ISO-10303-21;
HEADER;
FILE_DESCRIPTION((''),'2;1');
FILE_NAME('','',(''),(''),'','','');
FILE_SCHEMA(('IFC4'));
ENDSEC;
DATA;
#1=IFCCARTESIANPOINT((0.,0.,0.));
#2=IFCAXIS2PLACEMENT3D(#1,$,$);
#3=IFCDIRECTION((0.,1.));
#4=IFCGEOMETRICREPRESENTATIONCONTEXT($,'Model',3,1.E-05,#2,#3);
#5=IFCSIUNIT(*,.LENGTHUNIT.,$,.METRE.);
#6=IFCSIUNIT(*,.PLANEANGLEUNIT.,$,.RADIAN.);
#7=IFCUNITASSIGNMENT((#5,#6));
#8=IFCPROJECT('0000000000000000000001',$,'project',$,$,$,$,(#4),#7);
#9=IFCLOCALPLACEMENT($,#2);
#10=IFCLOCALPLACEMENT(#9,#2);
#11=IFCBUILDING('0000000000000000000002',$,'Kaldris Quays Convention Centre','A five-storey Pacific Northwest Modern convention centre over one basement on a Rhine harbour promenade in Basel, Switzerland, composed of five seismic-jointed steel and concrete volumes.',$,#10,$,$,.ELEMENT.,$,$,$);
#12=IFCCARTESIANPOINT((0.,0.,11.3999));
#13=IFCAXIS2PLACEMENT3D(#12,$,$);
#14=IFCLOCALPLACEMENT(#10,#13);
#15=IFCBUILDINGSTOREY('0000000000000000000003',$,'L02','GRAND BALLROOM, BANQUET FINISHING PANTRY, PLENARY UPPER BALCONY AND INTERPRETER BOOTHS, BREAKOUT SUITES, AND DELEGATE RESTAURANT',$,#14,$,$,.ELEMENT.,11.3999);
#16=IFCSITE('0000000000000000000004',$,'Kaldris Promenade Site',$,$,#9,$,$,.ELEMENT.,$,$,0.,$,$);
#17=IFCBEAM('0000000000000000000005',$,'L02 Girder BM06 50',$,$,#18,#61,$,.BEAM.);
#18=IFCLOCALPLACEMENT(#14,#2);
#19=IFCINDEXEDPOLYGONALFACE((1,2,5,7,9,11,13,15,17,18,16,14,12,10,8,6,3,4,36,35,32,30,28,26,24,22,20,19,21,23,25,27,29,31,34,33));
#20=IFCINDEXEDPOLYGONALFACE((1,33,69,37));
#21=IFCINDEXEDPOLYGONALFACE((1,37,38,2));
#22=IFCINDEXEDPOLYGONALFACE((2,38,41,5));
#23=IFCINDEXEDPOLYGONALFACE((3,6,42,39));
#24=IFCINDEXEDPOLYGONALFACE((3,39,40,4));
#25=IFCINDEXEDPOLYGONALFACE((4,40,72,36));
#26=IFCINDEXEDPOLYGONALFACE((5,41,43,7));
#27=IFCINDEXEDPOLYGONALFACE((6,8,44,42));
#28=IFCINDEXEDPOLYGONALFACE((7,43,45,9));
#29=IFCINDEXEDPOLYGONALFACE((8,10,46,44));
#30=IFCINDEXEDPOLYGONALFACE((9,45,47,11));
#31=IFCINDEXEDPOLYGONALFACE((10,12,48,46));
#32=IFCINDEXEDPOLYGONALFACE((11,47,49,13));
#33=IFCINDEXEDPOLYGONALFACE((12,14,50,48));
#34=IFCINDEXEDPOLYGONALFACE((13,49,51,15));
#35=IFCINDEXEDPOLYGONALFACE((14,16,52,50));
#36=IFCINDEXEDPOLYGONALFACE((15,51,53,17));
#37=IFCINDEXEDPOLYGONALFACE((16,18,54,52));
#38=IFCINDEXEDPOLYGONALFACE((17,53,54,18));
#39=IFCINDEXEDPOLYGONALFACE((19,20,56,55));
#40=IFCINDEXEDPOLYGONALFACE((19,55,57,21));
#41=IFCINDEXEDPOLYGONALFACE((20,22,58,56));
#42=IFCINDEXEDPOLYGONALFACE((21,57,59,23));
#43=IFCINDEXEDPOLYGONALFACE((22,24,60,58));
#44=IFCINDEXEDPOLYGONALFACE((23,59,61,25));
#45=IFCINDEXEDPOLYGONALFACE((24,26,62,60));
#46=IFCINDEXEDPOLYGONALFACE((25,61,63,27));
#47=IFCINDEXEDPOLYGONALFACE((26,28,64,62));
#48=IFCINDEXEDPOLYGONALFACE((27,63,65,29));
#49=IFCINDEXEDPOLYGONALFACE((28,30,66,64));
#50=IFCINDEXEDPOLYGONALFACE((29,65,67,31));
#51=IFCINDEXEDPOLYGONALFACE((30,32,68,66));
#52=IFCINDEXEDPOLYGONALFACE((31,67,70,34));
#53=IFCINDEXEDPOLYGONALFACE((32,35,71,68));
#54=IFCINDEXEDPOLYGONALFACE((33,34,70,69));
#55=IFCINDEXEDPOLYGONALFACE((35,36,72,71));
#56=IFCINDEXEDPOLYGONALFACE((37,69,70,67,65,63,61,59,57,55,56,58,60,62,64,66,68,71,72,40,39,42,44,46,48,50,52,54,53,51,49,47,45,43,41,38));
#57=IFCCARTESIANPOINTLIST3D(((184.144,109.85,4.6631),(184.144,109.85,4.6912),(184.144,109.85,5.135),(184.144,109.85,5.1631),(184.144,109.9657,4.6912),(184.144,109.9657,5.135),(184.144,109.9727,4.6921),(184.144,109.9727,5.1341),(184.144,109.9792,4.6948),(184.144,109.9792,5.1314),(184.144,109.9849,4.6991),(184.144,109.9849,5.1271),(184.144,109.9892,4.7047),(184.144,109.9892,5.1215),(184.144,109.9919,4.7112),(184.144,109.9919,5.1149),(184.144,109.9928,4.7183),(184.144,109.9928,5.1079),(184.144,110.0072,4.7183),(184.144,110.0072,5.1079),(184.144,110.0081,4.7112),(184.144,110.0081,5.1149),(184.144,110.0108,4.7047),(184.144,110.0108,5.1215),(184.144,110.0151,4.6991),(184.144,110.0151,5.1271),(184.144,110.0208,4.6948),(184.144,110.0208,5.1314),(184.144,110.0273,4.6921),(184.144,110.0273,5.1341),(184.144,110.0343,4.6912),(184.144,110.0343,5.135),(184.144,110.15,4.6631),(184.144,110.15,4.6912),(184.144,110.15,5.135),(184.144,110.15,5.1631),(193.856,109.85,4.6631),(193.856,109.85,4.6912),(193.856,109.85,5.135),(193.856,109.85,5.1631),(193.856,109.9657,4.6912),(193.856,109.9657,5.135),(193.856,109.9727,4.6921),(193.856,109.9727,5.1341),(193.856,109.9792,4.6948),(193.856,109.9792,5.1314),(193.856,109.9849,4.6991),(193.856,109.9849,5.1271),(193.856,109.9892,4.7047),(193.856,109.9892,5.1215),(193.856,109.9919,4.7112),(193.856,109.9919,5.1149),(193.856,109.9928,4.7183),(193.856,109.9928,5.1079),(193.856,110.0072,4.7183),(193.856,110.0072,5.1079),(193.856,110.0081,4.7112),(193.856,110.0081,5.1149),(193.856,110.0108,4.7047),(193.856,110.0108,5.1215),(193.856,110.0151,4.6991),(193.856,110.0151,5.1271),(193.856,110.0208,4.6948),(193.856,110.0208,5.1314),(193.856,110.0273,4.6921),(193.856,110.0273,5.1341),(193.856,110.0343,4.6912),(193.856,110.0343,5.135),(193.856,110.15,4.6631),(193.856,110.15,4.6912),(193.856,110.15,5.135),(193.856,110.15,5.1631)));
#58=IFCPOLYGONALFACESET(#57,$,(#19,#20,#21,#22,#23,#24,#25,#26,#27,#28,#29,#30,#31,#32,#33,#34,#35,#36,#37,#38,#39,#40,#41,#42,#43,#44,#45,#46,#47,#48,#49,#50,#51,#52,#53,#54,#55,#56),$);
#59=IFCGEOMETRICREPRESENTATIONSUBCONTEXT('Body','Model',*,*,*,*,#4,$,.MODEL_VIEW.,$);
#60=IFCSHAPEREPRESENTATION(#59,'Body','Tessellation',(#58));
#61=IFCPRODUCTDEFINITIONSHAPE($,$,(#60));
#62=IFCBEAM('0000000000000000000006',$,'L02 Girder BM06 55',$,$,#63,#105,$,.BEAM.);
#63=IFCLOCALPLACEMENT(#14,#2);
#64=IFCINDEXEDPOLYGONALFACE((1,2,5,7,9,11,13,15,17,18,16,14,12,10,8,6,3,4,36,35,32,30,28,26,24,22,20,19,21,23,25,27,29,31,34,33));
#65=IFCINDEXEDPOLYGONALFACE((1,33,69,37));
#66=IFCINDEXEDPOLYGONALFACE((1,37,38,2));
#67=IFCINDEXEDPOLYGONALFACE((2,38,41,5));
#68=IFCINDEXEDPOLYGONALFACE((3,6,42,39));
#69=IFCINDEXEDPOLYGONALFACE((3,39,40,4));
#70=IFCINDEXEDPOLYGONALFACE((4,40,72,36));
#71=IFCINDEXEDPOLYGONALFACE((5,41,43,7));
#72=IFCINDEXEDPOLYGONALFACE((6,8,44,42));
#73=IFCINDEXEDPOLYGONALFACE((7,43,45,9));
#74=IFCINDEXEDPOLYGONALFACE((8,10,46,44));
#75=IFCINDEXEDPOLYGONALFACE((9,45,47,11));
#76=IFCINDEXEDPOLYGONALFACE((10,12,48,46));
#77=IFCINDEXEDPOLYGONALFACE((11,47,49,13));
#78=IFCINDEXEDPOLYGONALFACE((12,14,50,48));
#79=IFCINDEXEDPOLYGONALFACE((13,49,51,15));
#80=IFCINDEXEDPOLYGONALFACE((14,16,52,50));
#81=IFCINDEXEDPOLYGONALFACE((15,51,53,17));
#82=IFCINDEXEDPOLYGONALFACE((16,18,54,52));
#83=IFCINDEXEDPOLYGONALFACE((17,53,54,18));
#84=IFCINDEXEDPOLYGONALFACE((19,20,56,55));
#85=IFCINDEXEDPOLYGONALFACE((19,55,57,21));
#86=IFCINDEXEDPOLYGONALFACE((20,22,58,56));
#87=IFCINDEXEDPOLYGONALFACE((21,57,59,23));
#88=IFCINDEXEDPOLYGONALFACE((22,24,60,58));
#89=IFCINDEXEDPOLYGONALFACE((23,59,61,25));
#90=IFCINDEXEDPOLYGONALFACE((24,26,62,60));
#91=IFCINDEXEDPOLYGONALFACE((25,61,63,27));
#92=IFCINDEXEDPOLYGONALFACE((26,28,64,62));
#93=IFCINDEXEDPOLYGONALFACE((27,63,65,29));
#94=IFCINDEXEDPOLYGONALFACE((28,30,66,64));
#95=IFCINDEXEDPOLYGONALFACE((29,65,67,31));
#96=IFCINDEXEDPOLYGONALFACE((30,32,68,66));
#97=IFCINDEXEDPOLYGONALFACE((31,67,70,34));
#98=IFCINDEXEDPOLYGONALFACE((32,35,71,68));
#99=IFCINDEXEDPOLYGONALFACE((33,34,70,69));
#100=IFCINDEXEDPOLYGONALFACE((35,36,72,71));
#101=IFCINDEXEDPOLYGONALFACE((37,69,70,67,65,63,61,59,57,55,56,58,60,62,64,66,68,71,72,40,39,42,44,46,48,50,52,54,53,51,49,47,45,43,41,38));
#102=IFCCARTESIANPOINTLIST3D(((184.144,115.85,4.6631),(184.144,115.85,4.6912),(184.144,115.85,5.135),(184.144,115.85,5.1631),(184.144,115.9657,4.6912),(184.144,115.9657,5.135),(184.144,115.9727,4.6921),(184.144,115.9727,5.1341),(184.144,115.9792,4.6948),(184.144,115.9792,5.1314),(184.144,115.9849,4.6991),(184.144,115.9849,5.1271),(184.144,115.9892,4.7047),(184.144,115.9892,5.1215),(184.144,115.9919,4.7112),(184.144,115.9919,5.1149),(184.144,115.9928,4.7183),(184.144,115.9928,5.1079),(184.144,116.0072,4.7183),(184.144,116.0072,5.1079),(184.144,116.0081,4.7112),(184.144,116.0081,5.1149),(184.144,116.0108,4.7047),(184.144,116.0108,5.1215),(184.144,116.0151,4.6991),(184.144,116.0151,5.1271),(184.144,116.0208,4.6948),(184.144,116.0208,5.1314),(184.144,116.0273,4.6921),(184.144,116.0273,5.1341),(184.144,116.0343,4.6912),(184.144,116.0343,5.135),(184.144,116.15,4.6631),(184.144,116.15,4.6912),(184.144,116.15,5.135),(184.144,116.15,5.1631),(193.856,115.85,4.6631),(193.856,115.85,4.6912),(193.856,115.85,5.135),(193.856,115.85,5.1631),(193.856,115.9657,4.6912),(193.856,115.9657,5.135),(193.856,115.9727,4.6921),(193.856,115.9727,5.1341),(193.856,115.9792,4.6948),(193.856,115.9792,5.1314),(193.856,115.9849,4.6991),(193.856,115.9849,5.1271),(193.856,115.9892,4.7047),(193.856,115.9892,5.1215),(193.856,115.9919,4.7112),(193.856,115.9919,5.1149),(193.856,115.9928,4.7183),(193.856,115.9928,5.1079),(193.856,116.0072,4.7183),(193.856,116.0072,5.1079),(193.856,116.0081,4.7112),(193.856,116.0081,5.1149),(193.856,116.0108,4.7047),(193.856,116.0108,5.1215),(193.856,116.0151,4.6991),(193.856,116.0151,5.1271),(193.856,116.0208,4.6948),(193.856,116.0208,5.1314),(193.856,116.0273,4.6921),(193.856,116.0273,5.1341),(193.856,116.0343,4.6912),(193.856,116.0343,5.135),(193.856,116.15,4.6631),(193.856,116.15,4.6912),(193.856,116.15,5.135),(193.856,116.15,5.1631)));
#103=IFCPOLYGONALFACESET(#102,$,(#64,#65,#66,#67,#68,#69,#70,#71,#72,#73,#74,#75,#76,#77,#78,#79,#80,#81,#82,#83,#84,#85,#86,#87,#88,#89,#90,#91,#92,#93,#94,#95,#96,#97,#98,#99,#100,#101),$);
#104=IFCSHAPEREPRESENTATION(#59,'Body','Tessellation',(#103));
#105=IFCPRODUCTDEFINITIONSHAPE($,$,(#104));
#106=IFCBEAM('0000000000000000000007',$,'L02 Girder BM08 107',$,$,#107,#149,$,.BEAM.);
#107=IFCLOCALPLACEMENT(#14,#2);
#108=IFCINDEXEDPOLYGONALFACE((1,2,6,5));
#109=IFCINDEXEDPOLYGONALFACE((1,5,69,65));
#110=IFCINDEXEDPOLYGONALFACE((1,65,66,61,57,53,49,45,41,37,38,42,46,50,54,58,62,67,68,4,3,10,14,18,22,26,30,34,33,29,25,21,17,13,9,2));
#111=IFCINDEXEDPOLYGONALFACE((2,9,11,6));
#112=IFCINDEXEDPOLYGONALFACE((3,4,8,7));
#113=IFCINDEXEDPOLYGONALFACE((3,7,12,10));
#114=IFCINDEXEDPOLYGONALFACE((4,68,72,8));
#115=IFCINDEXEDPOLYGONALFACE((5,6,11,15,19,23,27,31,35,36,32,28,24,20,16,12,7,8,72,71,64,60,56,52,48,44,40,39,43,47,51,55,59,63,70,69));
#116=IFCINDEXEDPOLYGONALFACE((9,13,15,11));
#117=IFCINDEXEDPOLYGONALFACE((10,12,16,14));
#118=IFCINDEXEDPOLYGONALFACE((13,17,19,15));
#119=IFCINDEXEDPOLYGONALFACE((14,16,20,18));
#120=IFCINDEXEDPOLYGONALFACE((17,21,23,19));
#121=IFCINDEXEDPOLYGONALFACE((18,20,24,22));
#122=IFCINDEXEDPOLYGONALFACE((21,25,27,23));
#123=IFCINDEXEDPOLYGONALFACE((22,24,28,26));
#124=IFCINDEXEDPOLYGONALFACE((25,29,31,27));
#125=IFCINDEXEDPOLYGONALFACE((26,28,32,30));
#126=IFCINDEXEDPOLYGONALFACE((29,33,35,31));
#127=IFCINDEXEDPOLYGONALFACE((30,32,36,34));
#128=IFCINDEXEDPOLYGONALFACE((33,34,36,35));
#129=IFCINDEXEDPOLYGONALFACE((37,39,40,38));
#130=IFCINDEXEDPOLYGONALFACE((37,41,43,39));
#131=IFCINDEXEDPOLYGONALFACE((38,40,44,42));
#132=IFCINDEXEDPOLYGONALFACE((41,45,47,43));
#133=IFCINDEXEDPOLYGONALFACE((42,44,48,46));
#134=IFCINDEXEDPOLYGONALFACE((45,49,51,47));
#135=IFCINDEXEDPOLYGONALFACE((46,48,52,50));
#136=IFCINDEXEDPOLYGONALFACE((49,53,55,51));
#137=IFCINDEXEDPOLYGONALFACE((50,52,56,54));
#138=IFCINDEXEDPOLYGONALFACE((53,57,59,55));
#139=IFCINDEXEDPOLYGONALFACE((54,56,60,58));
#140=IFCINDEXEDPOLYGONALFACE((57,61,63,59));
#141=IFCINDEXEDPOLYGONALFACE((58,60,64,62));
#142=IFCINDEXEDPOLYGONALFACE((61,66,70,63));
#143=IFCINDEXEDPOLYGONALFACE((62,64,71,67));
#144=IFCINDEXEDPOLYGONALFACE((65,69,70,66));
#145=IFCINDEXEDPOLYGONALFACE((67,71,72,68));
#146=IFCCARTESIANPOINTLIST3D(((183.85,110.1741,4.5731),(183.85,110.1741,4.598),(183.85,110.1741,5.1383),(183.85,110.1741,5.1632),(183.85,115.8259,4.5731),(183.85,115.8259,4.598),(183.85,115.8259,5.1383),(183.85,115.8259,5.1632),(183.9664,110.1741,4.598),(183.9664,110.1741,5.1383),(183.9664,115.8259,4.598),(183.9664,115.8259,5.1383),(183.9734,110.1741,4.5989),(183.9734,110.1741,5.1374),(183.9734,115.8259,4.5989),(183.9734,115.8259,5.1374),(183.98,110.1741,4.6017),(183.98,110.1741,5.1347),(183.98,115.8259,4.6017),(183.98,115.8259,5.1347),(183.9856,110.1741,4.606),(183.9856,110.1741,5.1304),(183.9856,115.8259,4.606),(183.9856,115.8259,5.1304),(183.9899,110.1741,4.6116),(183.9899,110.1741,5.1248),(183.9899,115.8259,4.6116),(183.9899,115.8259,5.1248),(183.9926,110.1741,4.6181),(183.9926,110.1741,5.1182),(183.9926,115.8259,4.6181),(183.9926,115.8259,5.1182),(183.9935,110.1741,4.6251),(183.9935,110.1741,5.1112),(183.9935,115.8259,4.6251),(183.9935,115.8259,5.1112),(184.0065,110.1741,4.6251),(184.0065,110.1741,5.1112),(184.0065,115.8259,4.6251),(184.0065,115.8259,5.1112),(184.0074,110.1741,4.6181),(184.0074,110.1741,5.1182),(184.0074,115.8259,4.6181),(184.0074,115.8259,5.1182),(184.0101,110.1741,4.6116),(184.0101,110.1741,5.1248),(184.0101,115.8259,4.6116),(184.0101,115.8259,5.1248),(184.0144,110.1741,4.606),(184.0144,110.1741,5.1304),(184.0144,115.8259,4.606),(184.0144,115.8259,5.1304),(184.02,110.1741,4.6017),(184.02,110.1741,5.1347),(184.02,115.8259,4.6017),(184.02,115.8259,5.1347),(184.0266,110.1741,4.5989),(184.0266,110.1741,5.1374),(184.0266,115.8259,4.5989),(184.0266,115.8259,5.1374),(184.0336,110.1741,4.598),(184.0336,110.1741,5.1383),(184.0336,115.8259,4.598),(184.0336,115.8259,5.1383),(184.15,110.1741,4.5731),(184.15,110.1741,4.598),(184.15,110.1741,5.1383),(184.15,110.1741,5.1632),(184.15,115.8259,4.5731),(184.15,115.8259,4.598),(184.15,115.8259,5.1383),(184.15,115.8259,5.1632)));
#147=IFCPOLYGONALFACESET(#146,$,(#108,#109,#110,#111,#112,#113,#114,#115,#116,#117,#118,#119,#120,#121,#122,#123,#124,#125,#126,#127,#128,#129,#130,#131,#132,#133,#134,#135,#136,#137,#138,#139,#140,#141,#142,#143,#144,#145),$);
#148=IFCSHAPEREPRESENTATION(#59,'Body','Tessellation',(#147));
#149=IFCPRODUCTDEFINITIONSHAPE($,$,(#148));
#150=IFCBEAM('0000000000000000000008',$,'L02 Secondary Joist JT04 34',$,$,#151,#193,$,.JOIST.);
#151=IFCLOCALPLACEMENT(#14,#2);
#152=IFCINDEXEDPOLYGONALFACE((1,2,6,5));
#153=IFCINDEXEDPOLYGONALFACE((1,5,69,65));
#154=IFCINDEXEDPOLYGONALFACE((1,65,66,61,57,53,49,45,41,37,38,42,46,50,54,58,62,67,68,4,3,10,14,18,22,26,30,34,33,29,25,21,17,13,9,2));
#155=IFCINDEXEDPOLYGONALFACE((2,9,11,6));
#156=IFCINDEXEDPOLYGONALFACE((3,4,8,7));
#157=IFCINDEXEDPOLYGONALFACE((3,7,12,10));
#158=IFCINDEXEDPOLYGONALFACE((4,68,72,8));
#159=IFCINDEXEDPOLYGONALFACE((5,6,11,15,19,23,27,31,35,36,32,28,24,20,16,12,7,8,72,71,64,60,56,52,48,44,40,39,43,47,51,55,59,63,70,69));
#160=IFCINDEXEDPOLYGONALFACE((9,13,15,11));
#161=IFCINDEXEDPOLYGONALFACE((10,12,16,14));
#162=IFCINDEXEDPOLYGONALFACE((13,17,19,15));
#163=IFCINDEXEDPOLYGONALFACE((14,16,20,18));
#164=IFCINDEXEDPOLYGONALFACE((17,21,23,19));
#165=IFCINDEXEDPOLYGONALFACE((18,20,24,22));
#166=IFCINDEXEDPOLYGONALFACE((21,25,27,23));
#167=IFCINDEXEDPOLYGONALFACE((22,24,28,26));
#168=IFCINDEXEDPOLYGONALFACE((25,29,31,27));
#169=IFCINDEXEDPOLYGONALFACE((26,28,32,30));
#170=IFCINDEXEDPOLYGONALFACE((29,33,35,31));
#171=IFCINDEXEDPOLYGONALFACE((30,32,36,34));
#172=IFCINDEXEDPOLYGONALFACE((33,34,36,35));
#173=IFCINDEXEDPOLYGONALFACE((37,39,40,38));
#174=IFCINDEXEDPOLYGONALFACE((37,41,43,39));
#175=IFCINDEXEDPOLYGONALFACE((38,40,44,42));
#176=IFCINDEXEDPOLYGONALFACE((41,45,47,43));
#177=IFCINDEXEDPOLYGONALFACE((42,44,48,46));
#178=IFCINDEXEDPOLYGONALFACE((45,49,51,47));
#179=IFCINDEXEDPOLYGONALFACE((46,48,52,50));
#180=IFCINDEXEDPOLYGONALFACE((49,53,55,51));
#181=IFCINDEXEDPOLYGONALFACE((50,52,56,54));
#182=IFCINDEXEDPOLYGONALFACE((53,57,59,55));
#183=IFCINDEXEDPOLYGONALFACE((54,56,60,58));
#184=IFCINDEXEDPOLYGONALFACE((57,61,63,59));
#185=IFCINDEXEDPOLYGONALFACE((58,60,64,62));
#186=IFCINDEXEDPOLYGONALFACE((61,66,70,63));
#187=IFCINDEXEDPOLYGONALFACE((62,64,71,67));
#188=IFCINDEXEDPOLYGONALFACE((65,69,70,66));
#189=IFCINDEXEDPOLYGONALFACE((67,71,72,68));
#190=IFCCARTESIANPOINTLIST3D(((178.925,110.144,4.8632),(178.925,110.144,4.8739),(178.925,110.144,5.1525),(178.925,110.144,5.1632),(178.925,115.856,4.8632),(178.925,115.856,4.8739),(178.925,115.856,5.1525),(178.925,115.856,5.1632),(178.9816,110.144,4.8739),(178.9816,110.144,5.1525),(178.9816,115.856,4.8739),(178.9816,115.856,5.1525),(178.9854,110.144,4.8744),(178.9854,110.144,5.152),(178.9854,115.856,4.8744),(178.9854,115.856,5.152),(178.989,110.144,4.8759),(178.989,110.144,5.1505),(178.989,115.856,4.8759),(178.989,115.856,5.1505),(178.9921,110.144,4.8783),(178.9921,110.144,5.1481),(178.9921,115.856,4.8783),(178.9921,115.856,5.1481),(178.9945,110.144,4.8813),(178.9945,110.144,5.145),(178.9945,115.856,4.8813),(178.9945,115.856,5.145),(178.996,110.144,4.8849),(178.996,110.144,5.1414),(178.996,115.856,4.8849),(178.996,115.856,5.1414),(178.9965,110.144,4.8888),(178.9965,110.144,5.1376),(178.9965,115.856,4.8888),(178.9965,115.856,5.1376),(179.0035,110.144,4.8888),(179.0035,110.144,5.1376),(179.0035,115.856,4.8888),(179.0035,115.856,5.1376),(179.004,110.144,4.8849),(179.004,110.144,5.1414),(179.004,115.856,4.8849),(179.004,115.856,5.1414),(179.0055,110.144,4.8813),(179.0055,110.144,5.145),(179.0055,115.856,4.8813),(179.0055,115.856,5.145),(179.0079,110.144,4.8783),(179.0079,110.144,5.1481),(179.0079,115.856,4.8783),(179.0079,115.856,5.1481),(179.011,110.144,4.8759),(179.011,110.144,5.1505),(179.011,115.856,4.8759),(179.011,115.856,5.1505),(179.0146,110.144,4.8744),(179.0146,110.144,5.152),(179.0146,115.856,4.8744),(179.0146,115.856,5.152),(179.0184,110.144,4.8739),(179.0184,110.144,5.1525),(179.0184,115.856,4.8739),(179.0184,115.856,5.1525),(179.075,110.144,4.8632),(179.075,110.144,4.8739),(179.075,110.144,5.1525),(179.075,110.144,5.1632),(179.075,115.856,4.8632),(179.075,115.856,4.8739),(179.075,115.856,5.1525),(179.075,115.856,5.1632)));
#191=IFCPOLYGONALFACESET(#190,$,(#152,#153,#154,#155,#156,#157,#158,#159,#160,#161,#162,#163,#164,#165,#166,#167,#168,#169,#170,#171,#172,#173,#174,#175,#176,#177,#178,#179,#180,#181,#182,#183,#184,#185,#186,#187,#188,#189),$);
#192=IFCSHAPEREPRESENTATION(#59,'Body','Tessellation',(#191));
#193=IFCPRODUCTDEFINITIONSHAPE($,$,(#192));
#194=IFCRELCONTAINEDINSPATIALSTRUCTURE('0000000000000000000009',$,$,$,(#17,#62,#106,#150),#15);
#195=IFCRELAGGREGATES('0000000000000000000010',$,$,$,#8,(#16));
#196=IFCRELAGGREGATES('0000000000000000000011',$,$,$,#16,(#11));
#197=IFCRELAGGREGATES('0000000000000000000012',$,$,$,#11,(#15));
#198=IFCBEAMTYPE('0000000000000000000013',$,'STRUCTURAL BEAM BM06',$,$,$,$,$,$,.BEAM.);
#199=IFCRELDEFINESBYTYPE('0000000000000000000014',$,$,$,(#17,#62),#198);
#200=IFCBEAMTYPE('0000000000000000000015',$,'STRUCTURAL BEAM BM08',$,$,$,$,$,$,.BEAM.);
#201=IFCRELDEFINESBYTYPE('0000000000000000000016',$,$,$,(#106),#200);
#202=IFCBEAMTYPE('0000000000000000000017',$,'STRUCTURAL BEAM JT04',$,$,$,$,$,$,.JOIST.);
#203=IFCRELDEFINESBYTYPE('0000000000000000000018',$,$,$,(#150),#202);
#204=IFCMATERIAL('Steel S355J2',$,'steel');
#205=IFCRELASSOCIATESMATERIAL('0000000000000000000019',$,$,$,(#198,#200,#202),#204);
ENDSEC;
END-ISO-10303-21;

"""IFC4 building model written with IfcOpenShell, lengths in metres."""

from ifc_helpers import new_model, si_unit, direction, frame, origin, origin_2d, place, context, subcontext, project, spatial, i_section, extrude, material, material_profile, profile_set, type_object, element, save


model = new_model("IFC4")

# Units and contexts
model_context = context("Model", 3, precision=1e-05, world=origin(), true_north=direction((0.0, 1.0)))
body_context = subcontext(model_context, "Body", "Model", "MODEL_VIEW")
ifc_project = project(units=[si_unit("LENGTHUNIT", "METRE"), si_unit("PLANEANGLEUNIT", "RADIAN")], contexts=[model_context])

# Site, building, storey
site_placement = place(None, origin())
site = spatial("IfcSite", under=ifc_project, at=site_placement, Name="Kaldris Promenade Site", CompositionType="ELEMENT", RefElevation=0.0)
building_placement = place(site_placement, origin())
building = spatial("IfcBuilding", under=site, at=building_placement, Name="Kaldris Quays Convention Centre", Description="A five-storey Pacific Northwest Modern convention centre over one basement on a Rhine harbour promenade in Basel, Switzerland, composed of five seismic-jointed steel and concrete volumes.", CompositionType="ELEMENT")
storey_placement = place(building_placement, frame((0.0, 0.0, 11.3999)))
storey = spatial("IfcBuildingStorey", under=building, at=storey_placement, Name="L02", Description="GRAND BALLROOM, BANQUET FINISHING PANTRY, PLENARY UPPER BALCONY AND INTERPRETER BOOTHS, BREAKOUT SUITES, AND DELEGATE RESTAURANT", CompositionType="ELEMENT", Elevation=11.3999)

# Shared definitions
ifc_material_1 = material(Name="Steel S355J2", Category="steel")

# Beams
ifc_material_profile_1 = material_profile(ifc_material_1, i_section(OverallWidth=0.3, OverallDepth=0.5, WebThickness=0.0144, FlangeThickness=0.0281, FilletRadius=0.0271, at=origin_2d()), Name="HEB 500")
ifc_profile_set_1 = profile_set([ifc_material_profile_1], Name="Steel S355J2")
beam_type_1 = type_object("IfcBeamType", Name="STRUCTURAL BEAM BM06", PredefinedType="BEAM", material=ifc_profile_set_1)
for number, where, z_axis, x_axis, name in (
    (1, (184.144, 110.0, 4.9131), (1.0, 0.0, 0.0), (0.0, 1.0, 0.0), "L02 Girder BM06 50"),
    (2, (184.144, 116.0, 4.9131), (1.0, 0.0, 0.0), (0.0, 1.0, 0.0), "L02 Girder BM06 55"),
):
    element("IfcBeam", number, at=place(storey_placement, frame(where, z_axis=z_axis, x_axis=x_axis)), inside=storey, type_object=beam_type_1, Name=name, PredefinedType="BEAM", context=body_context, shape_type="SweptSolid", body=[
        extrude(i_section(OverallWidth=0.3, OverallDepth=0.5, WebThickness=0.0144, FlangeThickness=0.0281, FilletRadius=0.0271, at=origin_2d()), origin(), (0.0, 0.0, 1.0), 9.7119),
    ])
ifc_material_profile_2 = material_profile(ifc_material_1, i_section(OverallWidth=0.3, OverallDepth=0.5901, WebThickness=0.0129, FlangeThickness=0.0249, FilletRadius=0.0271, at=origin_2d()), Name="HEA 600")
ifc_profile_set_2 = profile_set([ifc_material_profile_2], Name="Steel S355J2")
beam_type_2 = type_object("IfcBeamType", Name="STRUCTURAL BEAM BM08", PredefinedType="BEAM", material=ifc_profile_set_2)
beam_1_placement = place(storey_placement, frame((184.0, 110.1741, 4.8682), z_axis=(0.0, 1.0, 0.0), x_axis=(-1.0, 0.0, 0.0)))
element("IfcBeam", 3, at=beam_1_placement, inside=storey, type_object=beam_type_2, Name="L02 Girder BM08 107", PredefinedType="BEAM", context=body_context, shape_type="SweptSolid", body=[
    extrude(i_section(OverallWidth=0.3, OverallDepth=0.5901, WebThickness=0.0129, FlangeThickness=0.0249, FilletRadius=0.0271, at=origin_2d()), origin(), (0.0, 0.0, 1.0), 5.6519),
])
ifc_material_profile_3 = material_profile(ifc_material_1, i_section(OverallWidth=0.1499, OverallDepth=0.3, WebThickness=0.0071, FlangeThickness=0.0107, FilletRadius=0.0149, at=origin_2d()), Name="IPE 300")
ifc_profile_set_3 = profile_set([ifc_material_profile_3], Name="Steel S355J2")
beam_type_3 = type_object("IfcBeamType", Name="STRUCTURAL BEAM JT04", PredefinedType="JOIST", material=ifc_profile_set_3)
beam_2_placement = place(storey_placement, frame((179.0, 110.144, 5.0132), z_axis=(0.0, 1.0, 0.0), x_axis=(-1.0, 0.0, 0.0)))
element("IfcBeam", 4, at=beam_2_placement, inside=storey, type_object=beam_type_3, Name="L02 Secondary Joist JT04 34", PredefinedType="JOIST", context=body_context, shape_type="SweptSolid", body=[
    extrude(i_section(OverallWidth=0.1499, OverallDepth=0.3, WebThickness=0.0071, FlangeThickness=0.0107, FilletRadius=0.0149, at=origin_2d()), origin(), (0.0, 0.0, 1.0), 5.7119),
])

save(model, "model.ifc")
